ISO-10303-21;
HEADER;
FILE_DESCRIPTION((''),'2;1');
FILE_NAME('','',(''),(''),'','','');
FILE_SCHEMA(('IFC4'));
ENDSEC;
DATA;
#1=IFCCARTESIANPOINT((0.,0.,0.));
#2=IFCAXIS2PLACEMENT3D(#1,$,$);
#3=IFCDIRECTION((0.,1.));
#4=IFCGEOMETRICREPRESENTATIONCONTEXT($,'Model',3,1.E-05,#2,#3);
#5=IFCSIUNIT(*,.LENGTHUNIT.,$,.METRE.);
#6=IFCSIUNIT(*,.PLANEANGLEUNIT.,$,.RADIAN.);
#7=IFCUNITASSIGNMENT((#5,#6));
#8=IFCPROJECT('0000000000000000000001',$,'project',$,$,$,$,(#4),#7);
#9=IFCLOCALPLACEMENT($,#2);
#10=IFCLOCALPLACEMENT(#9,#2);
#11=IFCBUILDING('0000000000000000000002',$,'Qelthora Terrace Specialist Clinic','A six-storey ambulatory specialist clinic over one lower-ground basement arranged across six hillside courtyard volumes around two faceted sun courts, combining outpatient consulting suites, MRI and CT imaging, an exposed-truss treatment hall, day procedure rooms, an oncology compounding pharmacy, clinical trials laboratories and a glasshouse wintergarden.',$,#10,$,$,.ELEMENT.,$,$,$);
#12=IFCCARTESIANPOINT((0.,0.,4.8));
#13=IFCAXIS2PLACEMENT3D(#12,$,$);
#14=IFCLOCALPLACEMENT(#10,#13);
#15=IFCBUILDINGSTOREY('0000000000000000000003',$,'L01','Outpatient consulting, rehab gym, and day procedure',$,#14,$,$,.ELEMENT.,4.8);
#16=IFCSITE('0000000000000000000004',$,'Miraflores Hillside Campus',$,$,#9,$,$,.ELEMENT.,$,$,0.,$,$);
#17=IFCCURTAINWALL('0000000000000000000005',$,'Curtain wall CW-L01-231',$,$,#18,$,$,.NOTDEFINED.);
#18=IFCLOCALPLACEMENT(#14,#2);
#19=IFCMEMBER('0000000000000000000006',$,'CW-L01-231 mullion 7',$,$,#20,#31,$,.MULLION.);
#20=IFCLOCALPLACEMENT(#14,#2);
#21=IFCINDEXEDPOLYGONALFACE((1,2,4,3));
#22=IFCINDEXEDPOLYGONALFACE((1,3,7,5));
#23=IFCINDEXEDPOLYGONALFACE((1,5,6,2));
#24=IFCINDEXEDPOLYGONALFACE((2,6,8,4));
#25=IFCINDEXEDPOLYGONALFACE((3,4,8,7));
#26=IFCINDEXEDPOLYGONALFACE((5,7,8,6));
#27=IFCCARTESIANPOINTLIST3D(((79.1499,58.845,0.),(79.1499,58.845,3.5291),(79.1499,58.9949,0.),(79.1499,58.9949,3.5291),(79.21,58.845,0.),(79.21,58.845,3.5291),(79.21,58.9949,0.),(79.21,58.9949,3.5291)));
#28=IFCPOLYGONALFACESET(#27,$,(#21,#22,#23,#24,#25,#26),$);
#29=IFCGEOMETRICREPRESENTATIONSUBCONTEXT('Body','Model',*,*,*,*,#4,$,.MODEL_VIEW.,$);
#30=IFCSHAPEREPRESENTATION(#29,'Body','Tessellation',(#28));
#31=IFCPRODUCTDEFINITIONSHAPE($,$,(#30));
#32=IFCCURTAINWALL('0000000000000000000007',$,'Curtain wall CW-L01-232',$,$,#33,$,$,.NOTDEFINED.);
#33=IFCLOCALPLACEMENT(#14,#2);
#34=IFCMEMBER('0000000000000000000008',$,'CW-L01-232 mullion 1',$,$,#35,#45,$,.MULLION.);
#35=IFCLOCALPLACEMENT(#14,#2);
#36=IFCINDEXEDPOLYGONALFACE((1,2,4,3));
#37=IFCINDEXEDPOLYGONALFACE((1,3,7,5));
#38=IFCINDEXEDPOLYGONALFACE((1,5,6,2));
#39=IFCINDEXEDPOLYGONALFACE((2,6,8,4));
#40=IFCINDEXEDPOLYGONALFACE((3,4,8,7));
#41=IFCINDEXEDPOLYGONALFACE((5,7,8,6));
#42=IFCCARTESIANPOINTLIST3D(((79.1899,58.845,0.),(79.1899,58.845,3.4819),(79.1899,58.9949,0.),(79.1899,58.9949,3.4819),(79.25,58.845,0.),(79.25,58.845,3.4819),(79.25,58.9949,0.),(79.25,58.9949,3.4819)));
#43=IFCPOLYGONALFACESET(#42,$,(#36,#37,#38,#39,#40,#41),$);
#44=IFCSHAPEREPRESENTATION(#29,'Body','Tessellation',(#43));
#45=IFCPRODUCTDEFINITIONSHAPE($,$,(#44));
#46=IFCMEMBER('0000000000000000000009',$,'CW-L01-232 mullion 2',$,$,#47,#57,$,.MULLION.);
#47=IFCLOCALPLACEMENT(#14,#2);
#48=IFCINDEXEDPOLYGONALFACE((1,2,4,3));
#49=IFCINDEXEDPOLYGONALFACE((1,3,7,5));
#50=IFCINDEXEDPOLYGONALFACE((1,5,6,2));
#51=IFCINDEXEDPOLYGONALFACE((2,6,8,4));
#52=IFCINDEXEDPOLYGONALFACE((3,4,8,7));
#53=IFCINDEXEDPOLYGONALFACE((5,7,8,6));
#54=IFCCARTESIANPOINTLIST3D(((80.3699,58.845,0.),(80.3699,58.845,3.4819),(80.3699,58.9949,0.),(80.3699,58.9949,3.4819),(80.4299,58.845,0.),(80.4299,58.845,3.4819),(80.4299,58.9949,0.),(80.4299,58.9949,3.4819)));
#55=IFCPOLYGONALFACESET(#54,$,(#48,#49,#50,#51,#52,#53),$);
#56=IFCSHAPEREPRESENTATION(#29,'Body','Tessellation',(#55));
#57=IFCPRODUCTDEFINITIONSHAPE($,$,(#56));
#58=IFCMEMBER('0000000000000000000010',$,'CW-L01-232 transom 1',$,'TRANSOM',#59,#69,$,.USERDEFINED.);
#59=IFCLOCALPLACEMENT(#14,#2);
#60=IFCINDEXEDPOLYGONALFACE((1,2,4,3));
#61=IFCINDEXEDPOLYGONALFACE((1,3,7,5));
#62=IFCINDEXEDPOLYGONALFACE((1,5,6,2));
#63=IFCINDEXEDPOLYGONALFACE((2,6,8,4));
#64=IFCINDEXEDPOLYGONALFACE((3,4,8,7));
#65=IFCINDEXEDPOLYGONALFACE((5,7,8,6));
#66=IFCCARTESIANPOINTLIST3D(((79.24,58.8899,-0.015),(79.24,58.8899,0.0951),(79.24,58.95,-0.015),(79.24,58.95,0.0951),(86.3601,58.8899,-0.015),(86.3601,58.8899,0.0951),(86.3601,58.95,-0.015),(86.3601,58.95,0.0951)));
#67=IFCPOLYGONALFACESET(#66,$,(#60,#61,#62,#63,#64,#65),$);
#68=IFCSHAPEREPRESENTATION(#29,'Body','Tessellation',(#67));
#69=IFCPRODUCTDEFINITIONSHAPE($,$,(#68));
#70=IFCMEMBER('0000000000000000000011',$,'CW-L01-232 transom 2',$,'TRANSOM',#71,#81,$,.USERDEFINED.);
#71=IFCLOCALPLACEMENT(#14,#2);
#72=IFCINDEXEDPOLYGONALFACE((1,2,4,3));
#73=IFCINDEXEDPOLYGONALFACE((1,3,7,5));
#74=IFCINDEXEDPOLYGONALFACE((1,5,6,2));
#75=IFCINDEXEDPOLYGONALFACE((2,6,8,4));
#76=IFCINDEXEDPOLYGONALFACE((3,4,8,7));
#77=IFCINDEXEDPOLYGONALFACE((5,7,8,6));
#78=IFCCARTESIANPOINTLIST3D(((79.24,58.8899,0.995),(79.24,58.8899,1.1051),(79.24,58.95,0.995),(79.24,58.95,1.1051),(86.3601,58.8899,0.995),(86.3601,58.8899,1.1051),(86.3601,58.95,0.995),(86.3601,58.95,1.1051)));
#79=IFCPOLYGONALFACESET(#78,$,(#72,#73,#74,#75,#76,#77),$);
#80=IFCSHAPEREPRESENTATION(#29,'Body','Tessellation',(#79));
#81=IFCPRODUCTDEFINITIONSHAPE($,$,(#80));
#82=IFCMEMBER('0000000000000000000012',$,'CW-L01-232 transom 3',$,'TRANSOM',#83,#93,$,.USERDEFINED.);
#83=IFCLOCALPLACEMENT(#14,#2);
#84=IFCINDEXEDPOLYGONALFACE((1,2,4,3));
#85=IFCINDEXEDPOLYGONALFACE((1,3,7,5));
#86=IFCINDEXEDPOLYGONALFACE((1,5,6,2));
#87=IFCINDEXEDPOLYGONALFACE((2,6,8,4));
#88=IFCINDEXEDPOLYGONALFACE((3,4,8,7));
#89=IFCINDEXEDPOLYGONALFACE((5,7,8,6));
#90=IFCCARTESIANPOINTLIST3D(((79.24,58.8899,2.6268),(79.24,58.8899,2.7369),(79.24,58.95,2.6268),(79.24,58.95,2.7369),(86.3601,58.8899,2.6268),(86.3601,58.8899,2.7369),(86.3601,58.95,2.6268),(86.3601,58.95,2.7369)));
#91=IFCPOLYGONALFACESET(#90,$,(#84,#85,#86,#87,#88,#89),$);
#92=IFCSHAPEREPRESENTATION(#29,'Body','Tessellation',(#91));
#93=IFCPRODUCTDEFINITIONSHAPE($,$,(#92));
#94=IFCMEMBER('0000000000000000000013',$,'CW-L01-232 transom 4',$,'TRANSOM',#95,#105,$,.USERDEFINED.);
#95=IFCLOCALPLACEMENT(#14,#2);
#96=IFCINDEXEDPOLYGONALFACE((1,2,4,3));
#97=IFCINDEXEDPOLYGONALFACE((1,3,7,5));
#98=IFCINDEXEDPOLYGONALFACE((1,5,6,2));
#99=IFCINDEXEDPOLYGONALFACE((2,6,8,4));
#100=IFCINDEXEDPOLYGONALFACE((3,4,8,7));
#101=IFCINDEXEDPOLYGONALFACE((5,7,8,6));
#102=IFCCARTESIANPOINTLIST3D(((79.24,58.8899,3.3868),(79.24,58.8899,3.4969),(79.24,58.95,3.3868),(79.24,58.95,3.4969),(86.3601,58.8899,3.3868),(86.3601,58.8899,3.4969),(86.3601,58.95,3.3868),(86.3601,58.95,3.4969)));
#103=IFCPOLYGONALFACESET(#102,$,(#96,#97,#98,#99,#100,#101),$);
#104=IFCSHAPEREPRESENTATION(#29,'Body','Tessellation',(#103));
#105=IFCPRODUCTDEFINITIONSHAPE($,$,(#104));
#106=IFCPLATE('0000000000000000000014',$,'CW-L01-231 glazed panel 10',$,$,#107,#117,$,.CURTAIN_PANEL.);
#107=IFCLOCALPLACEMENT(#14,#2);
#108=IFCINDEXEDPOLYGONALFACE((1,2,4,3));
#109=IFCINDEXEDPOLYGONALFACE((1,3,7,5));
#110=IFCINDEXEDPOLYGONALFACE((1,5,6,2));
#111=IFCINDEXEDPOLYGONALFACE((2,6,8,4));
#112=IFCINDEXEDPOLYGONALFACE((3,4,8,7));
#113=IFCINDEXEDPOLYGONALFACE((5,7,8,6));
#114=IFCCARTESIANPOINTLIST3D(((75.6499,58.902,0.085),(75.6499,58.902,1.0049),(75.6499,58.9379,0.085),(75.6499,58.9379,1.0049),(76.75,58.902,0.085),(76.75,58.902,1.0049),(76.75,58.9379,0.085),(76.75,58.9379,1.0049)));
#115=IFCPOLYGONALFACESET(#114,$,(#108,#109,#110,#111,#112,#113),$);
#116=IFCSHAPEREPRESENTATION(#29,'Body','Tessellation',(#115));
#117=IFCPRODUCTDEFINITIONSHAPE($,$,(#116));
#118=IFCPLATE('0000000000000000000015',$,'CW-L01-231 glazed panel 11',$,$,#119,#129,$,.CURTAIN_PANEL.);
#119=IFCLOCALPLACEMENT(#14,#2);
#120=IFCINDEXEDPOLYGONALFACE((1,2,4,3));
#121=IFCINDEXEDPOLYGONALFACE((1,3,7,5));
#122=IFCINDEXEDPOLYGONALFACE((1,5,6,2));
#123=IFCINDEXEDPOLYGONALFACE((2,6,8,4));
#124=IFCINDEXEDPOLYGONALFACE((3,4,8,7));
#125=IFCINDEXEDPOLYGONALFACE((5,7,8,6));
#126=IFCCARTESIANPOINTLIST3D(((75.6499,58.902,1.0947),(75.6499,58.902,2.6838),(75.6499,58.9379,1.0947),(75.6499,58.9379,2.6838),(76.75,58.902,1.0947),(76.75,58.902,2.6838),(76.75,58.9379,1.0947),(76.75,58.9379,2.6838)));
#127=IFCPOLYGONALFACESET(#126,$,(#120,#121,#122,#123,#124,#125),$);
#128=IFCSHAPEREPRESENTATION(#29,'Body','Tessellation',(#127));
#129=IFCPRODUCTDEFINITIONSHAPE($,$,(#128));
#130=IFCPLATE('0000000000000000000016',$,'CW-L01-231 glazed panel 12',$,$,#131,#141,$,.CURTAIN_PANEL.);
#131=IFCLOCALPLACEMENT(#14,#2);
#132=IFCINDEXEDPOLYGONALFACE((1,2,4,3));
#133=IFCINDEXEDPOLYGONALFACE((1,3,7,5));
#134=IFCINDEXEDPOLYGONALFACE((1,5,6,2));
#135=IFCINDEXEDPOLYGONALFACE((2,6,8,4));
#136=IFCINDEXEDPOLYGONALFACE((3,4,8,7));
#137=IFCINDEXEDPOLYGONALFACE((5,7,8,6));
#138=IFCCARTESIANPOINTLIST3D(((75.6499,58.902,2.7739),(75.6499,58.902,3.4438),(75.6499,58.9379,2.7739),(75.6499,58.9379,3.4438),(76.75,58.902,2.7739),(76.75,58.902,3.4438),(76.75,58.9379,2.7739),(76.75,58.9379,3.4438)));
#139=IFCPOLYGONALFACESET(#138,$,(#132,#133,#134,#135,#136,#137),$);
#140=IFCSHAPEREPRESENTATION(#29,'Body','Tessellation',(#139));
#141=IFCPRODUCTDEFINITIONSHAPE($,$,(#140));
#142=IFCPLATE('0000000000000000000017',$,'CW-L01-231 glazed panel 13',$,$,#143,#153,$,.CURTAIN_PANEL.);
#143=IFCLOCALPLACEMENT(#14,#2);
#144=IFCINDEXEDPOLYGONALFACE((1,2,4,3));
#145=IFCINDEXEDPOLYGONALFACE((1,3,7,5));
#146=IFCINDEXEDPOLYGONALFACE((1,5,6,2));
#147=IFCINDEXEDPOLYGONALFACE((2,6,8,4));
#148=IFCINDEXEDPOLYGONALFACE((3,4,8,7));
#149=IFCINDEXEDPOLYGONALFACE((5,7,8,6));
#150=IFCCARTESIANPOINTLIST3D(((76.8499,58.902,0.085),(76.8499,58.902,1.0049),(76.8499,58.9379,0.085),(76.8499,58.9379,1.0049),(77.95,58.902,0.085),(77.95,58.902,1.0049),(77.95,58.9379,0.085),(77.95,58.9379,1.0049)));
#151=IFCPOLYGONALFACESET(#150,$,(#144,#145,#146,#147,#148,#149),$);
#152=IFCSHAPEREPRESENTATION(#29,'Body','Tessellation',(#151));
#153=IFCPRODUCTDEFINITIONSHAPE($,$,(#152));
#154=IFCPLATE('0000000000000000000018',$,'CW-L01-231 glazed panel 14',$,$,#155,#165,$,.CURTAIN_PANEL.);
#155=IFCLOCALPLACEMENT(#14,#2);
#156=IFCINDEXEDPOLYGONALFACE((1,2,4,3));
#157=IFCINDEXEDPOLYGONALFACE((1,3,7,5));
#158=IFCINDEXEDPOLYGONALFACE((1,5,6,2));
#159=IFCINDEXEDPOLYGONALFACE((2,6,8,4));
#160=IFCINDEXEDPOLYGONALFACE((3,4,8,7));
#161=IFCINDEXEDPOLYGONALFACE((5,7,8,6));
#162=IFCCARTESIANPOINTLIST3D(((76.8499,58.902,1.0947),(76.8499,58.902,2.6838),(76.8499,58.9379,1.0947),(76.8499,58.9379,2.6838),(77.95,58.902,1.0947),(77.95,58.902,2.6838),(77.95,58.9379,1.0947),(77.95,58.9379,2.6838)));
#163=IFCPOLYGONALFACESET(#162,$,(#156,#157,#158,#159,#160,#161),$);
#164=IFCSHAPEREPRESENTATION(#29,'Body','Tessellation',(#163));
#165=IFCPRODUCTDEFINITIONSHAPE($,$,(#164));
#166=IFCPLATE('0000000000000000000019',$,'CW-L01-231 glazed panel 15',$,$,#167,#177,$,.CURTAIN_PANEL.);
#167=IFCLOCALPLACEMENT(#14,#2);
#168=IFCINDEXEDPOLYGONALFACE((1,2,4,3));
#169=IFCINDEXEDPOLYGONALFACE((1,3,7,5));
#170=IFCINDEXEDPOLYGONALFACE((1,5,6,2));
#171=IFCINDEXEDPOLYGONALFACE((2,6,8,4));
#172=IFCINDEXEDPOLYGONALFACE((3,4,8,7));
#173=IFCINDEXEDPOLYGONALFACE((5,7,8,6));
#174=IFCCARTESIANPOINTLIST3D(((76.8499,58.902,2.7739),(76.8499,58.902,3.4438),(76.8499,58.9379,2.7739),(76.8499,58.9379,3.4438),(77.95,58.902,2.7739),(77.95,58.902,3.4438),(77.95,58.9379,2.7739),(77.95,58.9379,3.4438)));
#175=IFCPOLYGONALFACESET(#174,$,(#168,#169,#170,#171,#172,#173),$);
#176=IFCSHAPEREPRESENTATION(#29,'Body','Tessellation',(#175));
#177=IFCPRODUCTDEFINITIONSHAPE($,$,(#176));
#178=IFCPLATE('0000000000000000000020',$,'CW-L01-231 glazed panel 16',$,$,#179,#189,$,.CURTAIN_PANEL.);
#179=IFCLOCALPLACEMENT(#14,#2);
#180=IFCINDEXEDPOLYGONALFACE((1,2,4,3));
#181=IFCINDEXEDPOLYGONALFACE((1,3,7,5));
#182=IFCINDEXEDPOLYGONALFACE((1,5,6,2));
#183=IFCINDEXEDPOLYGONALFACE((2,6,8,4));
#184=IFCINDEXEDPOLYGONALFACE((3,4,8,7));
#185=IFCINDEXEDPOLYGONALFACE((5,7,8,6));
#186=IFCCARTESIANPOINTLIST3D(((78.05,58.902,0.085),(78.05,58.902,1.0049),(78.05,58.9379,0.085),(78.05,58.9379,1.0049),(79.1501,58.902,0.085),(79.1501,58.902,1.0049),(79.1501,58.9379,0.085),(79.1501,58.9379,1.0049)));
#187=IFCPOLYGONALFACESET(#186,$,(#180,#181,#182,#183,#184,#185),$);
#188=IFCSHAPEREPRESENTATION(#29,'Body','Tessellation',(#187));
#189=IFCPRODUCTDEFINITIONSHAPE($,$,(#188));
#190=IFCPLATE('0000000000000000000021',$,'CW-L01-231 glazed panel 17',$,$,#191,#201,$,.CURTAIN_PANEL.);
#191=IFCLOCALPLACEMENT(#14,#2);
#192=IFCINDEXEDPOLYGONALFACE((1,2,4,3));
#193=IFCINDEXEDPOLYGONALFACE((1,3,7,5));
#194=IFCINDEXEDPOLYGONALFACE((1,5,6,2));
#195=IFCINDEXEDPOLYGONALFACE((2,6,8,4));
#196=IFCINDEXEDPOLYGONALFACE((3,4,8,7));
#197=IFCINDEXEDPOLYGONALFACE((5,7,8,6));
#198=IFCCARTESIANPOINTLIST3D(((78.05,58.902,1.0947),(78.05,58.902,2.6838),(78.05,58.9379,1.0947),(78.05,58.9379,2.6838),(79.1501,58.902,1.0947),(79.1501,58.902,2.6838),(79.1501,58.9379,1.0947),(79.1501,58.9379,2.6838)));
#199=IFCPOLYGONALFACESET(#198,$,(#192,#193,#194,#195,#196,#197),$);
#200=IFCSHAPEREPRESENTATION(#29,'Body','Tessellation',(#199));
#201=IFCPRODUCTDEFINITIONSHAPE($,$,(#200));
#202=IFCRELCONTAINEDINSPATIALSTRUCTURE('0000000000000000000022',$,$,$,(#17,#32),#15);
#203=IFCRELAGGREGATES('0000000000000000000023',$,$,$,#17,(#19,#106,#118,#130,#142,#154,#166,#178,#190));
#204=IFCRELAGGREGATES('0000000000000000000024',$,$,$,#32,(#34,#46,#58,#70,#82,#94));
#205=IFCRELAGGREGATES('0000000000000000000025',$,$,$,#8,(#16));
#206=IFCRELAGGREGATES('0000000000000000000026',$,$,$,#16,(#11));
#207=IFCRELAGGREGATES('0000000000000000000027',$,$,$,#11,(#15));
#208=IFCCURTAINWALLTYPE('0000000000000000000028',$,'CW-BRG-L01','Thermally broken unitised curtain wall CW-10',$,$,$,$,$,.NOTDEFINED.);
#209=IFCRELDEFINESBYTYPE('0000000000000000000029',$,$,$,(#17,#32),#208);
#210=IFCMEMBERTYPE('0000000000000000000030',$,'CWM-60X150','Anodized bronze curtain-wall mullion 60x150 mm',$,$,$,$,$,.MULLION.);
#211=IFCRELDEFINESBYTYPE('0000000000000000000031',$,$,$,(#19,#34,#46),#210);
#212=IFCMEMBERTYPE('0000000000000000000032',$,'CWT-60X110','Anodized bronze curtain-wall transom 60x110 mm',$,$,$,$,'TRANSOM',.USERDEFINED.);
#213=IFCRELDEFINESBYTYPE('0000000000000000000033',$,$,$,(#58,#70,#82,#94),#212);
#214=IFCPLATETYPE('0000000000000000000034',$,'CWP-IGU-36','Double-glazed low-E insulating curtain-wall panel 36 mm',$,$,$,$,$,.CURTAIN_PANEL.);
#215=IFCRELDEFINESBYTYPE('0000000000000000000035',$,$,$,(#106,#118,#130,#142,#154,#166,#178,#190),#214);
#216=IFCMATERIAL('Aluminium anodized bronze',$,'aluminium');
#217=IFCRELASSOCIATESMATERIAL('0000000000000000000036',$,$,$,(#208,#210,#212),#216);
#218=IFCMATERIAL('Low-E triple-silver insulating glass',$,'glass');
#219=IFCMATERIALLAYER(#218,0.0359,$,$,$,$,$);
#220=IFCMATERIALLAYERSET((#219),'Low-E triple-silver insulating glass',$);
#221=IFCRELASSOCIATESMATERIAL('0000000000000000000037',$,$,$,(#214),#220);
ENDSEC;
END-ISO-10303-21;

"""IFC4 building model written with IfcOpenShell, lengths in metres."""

from ifc_helpers import new_model, si_unit, direction, frame, origin, origin_2d, place, context, subcontext, project, spatial, rectangle, extrude, material, layer, layer_set, material_profile, profile_set, type_object, element, aggregate, save


model = new_model("IFC4")

# Units and contexts
model_context = context("Model", 3, precision=1e-05, world=origin(), true_north=direction((0.0, 1.0)))
body_context = subcontext(model_context, "Body", "Model", "MODEL_VIEW")
ifc_project = project(units=[si_unit("LENGTHUNIT", "METRE"), si_unit("PLANEANGLEUNIT", "RADIAN")], contexts=[model_context])

# Site, building, storey
site_placement = place(None, origin())
site = spatial("IfcSite", under=ifc_project, at=site_placement, Name="Miraflores Hillside Campus", CompositionType="ELEMENT", RefElevation=0.0)
building_placement = place(site_placement, origin())
building = spatial("IfcBuilding", under=site, at=building_placement, Name="Qelthora Terrace Specialist Clinic", Description="A six-storey ambulatory specialist clinic over one lower-ground basement arranged across six hillside courtyard volumes around two faceted sun courts, combining outpatient consulting suites, MRI and CT imaging, an exposed-truss treatment hall, day procedure rooms, an oncology compounding pharmacy, clinical trials laboratories and a glasshouse wintergarden.", CompositionType="ELEMENT")
storey_placement = place(building_placement, frame((0.0, 0.0, 4.8)))
storey = spatial("IfcBuildingStorey", under=building, at=storey_placement, Name="L01", Description="Outpatient consulting, rehab gym, and day procedure", CompositionType="ELEMENT", Elevation=4.8)

# Curtain walls, members
ifc_material_1 = material(Name="Aluminium anodized bronze", Category="aluminium")
curtain_wall_type = type_object("IfcCurtainWallType", Name="CW-BRG-L01", Description="Thermally broken unitised curtain wall CW-10", PredefinedType="NOTDEFINED", material=ifc_material_1)
curtain_wall_1_placement = place(storey_placement, origin())
curtain_wall_1 = element("IfcCurtainWall", 1, at=curtain_wall_1_placement, inside=storey, type_object=curtain_wall_type, Name="Curtain wall CW-L01-231", PredefinedType="NOTDEFINED")
ifc_material_profile_1 = material_profile(ifc_material_1, rectangle(XDim=0.0601, YDim=0.1499, at=origin_2d()), Name="CWM60X150")
ifc_profile_set_1 = profile_set([ifc_material_profile_1], Name="Aluminium anodized bronze")
member_type_1 = type_object("IfcMemberType", Name="CWM-60X150", Description="Anodized bronze curtain-wall mullion 60x150 mm", PredefinedType="MULLION", material=ifc_profile_set_1)
member_1_placement = place(storey_placement, frame((79.1799, 58.9199, 0.0), z_axis=(0.0, 0.0, 1.0), x_axis=(1.0, 0.0, 0.0)))
member_1 = element("IfcMember", 2, at=member_1_placement, type_object=member_type_1, Name="CW-L01-231 mullion 7", PredefinedType="MULLION", context=body_context, shape_type="SweptSolid", body=[
    extrude(rectangle(XDim=0.0601, YDim=0.1499, at=origin_2d()), origin(), (0.0, 0.0, 1.0), 3.5291),
])
curtain_wall_2_placement = place(storey_placement, origin())
curtain_wall_2 = element("IfcCurtainWall", 3, at=curtain_wall_2_placement, inside=storey, type_object=curtain_wall_type, Name="Curtain wall CW-L01-232", PredefinedType="NOTDEFINED")
member_2_placement = place(storey_placement, frame((79.22, 58.9199, 0.0), z_axis=(0.0, 0.0, 1.0), x_axis=(1.0, 0.0, 0.0)))
member_2 = element("IfcMember", 4, at=member_2_placement, type_object=member_type_1, Name="CW-L01-232 mullion 1", PredefinedType="MULLION", context=body_context, shape_type="SweptSolid", body=[
    extrude(rectangle(XDim=0.0601, YDim=0.1499, at=origin_2d()), origin(), (0.0, 0.0, 1.0), 3.4819),
])
member_3_placement = place(storey_placement, frame((80.3999, 58.9199, 0.0), z_axis=(0.0, 0.0, 1.0), x_axis=(1.0, 0.0, 0.0)))
member_3 = element("IfcMember", 5, at=member_3_placement, type_object=member_type_1, Name="CW-L01-232 mullion 2", PredefinedType="MULLION", context=body_context, shape_type="SweptSolid", body=[
    extrude(rectangle(XDim=0.0601, YDim=0.1499, at=origin_2d()), origin(), (0.0, 0.0, 1.0), 3.4819),
])
ifc_material_profile_2 = material_profile(ifc_material_1, rectangle(XDim=0.0601, YDim=0.1101, at=origin_2d()), Name="CWT60X110")
ifc_profile_set_2 = profile_set([ifc_material_profile_2], Name="Aluminium anodized bronze")
member_type_2 = type_object("IfcMemberType", Name="CWT-60X110", Description="Anodized bronze curtain-wall transom 60x110 mm", ElementType="TRANSOM", PredefinedType="USERDEFINED", material=ifc_profile_set_2)
member_4_placement = place(storey_placement, frame((79.24, 58.9199, 0.04), z_axis=(1.0, 0.0, 0.0), x_axis=(0.0, 1.0, 0.0)))
member_4 = element("IfcMember", 6, at=member_4_placement, type_object=member_type_2, Name="CW-L01-232 transom 1", ObjectType="TRANSOM", PredefinedType="USERDEFINED", context=body_context, shape_type="SweptSolid", body=[
    extrude(rectangle(XDim=0.0601, YDim=0.1101, at=origin_2d()), origin(), (0.0, 0.0, 1.0), 7.1201),
])
member_5_placement = place(storey_placement, frame((79.24, 58.9199, 1.05), z_axis=(1.0, 0.0, 0.0), x_axis=(0.0, 1.0, 0.0)))
member_5 = element("IfcMember", 7, at=member_5_placement, type_object=member_type_2, Name="CW-L01-232 transom 2", ObjectType="TRANSOM", PredefinedType="USERDEFINED", context=body_context, shape_type="SweptSolid", body=[
    extrude(rectangle(XDim=0.0601, YDim=0.1101, at=origin_2d()), origin(), (0.0, 0.0, 1.0), 7.1201),
])
member_6_placement = place(storey_placement, frame((79.24, 58.9199, 2.6819), z_axis=(1.0, 0.0, 0.0), x_axis=(0.0, 1.0, 0.0)))
member_6 = element("IfcMember", 8, at=member_6_placement, type_object=member_type_2, Name="CW-L01-232 transom 3", ObjectType="TRANSOM", PredefinedType="USERDEFINED", context=body_context, shape_type="SweptSolid", body=[
    extrude(rectangle(XDim=0.0601, YDim=0.1101, at=origin_2d()), origin(), (0.0, 0.0, 1.0), 7.1201),
])
member_7_placement = place(storey_placement, frame((79.24, 58.9199, 3.4419), z_axis=(1.0, 0.0, 0.0), x_axis=(0.0, 1.0, 0.0)))
member_7 = element("IfcMember", 9, at=member_7_placement, type_object=member_type_2, Name="CW-L01-232 transom 4", ObjectType="TRANSOM", PredefinedType="USERDEFINED", context=body_context, shape_type="SweptSolid", body=[
    extrude(rectangle(XDim=0.0601, YDim=0.1101, at=origin_2d()), origin(), (0.0, 0.0, 1.0), 7.1201),
])

# Plates
ifc_material_2 = material(Name="Low-E triple-silver insulating glass", Category="glass")
ifc_layer = layer(ifc_material_2, 0.0359)
ifc_layer_set = layer_set([ifc_layer], Name="Low-E triple-silver insulating glass")
plate_type = type_object("IfcPlateType", Name="CWP-IGU-36", Description="Double-glazed low-E insulating curtain-wall panel 36 mm", PredefinedType="CURTAIN_PANEL", material=ifc_layer_set)
plate_1_placement = place(storey_placement, frame((76.2, 58.9199, 0.085), z_axis=(0.0, 0.0, 1.0), x_axis=(1.0, 0.0, 0.0)))
plate_1 = element("IfcPlate", 10, at=plate_1_placement, type_object=plate_type, Name="CW-L01-231 glazed panel 10", PredefinedType="CURTAIN_PANEL", context=body_context, shape_type="SweptSolid", body=[
    extrude(rectangle(XDim=1.1001, YDim=0.0359, at=origin_2d()), origin(), (0.0, 0.0, 1.0), 0.9199),
])
plate_2_placement = place(storey_placement, frame((76.2, 58.9199, 1.0947), z_axis=(0.0, 0.0, 1.0), x_axis=(1.0, 0.0, 0.0)))
plate_2 = element("IfcPlate", 11, at=plate_2_placement, type_object=plate_type, Name="CW-L01-231 glazed panel 11", PredefinedType="CURTAIN_PANEL", context=body_context, shape_type="SweptSolid", body=[
    extrude(rectangle(XDim=1.1001, YDim=0.0359, at=origin_2d()), origin(), (0.0, 0.0, 1.0), 1.5891),
])
plate_3_placement = place(storey_placement, frame((76.2, 58.9199, 2.7739), z_axis=(0.0, 0.0, 1.0), x_axis=(1.0, 0.0, 0.0)))
plate_3 = element("IfcPlate", 12, at=plate_3_placement, type_object=plate_type, Name="CW-L01-231 glazed panel 12", PredefinedType="CURTAIN_PANEL", context=body_context, shape_type="SweptSolid", body=[
    extrude(rectangle(XDim=1.1001, YDim=0.0359, at=origin_2d()), origin(), (0.0, 0.0, 1.0), 0.6699),
])
plate_4_placement = place(storey_placement, frame((77.3999, 58.9199, 0.085), z_axis=(0.0, 0.0, 1.0), x_axis=(1.0, 0.0, 0.0)))
plate_4 = element("IfcPlate", 13, at=plate_4_placement, type_object=plate_type, Name="CW-L01-231 glazed panel 13", PredefinedType="CURTAIN_PANEL", context=body_context, shape_type="SweptSolid", body=[
    extrude(rectangle(XDim=1.1001, YDim=0.0359, at=origin_2d()), origin(), (0.0, 0.0, 1.0), 0.9199),
])
plate_5_placement = place(storey_placement, frame((77.3999, 58.9199, 1.0947), z_axis=(0.0, 0.0, 1.0), x_axis=(1.0, 0.0, 0.0)))
plate_5 = element("IfcPlate", 14, at=plate_5_placement, type_object=plate_type, Name="CW-L01-231 glazed panel 14", PredefinedType="CURTAIN_PANEL", context=body_context, shape_type="SweptSolid", body=[
    extrude(rectangle(XDim=1.1001, YDim=0.0359, at=origin_2d()), origin(), (0.0, 0.0, 1.0), 1.5891),
])
plate_6_placement = place(storey_placement, frame((77.3999, 58.9199, 2.7739), z_axis=(0.0, 0.0, 1.0), x_axis=(1.0, 0.0, 0.0)))
plate_6 = element("IfcPlate", 15, at=plate_6_placement, type_object=plate_type, Name="CW-L01-231 glazed panel 15", PredefinedType="CURTAIN_PANEL", context=body_context, shape_type="SweptSolid", body=[
    extrude(rectangle(XDim=1.1001, YDim=0.0359, at=origin_2d()), origin(), (0.0, 0.0, 1.0), 0.6699),
])
plate_7_placement = place(storey_placement, frame((78.6001, 58.9199, 0.085), z_axis=(0.0, 0.0, 1.0), x_axis=(1.0, 0.0, 0.0)))
plate_7 = element("IfcPlate", 16, at=plate_7_placement, type_object=plate_type, Name="CW-L01-231 glazed panel 16", PredefinedType="CURTAIN_PANEL", context=body_context, shape_type="SweptSolid", body=[
    extrude(rectangle(XDim=1.1001, YDim=0.0359, at=origin_2d()), origin(), (0.0, 0.0, 1.0), 0.9199),
])
plate_8_placement = place(storey_placement, frame((78.6001, 58.9199, 1.0947), z_axis=(0.0, 0.0, 1.0), x_axis=(1.0, 0.0, 0.0)))
plate_8 = element("IfcPlate", 17, at=plate_8_placement, type_object=plate_type, Name="CW-L01-231 glazed panel 17", PredefinedType="CURTAIN_PANEL", context=body_context, shape_type="SweptSolid", body=[
    extrude(rectangle(XDim=1.1001, YDim=0.0359, at=origin_2d()), origin(), (0.0, 0.0, 1.0), 1.5891),
])
aggregate(curtain_wall_1, [member_1, plate_1, plate_2, plate_3, plate_4, plate_5, plate_6, plate_7, plate_8])
aggregate(curtain_wall_2, [member_2, member_3, member_4, member_5, member_6, member_7])

save(model, "model.ifc")
